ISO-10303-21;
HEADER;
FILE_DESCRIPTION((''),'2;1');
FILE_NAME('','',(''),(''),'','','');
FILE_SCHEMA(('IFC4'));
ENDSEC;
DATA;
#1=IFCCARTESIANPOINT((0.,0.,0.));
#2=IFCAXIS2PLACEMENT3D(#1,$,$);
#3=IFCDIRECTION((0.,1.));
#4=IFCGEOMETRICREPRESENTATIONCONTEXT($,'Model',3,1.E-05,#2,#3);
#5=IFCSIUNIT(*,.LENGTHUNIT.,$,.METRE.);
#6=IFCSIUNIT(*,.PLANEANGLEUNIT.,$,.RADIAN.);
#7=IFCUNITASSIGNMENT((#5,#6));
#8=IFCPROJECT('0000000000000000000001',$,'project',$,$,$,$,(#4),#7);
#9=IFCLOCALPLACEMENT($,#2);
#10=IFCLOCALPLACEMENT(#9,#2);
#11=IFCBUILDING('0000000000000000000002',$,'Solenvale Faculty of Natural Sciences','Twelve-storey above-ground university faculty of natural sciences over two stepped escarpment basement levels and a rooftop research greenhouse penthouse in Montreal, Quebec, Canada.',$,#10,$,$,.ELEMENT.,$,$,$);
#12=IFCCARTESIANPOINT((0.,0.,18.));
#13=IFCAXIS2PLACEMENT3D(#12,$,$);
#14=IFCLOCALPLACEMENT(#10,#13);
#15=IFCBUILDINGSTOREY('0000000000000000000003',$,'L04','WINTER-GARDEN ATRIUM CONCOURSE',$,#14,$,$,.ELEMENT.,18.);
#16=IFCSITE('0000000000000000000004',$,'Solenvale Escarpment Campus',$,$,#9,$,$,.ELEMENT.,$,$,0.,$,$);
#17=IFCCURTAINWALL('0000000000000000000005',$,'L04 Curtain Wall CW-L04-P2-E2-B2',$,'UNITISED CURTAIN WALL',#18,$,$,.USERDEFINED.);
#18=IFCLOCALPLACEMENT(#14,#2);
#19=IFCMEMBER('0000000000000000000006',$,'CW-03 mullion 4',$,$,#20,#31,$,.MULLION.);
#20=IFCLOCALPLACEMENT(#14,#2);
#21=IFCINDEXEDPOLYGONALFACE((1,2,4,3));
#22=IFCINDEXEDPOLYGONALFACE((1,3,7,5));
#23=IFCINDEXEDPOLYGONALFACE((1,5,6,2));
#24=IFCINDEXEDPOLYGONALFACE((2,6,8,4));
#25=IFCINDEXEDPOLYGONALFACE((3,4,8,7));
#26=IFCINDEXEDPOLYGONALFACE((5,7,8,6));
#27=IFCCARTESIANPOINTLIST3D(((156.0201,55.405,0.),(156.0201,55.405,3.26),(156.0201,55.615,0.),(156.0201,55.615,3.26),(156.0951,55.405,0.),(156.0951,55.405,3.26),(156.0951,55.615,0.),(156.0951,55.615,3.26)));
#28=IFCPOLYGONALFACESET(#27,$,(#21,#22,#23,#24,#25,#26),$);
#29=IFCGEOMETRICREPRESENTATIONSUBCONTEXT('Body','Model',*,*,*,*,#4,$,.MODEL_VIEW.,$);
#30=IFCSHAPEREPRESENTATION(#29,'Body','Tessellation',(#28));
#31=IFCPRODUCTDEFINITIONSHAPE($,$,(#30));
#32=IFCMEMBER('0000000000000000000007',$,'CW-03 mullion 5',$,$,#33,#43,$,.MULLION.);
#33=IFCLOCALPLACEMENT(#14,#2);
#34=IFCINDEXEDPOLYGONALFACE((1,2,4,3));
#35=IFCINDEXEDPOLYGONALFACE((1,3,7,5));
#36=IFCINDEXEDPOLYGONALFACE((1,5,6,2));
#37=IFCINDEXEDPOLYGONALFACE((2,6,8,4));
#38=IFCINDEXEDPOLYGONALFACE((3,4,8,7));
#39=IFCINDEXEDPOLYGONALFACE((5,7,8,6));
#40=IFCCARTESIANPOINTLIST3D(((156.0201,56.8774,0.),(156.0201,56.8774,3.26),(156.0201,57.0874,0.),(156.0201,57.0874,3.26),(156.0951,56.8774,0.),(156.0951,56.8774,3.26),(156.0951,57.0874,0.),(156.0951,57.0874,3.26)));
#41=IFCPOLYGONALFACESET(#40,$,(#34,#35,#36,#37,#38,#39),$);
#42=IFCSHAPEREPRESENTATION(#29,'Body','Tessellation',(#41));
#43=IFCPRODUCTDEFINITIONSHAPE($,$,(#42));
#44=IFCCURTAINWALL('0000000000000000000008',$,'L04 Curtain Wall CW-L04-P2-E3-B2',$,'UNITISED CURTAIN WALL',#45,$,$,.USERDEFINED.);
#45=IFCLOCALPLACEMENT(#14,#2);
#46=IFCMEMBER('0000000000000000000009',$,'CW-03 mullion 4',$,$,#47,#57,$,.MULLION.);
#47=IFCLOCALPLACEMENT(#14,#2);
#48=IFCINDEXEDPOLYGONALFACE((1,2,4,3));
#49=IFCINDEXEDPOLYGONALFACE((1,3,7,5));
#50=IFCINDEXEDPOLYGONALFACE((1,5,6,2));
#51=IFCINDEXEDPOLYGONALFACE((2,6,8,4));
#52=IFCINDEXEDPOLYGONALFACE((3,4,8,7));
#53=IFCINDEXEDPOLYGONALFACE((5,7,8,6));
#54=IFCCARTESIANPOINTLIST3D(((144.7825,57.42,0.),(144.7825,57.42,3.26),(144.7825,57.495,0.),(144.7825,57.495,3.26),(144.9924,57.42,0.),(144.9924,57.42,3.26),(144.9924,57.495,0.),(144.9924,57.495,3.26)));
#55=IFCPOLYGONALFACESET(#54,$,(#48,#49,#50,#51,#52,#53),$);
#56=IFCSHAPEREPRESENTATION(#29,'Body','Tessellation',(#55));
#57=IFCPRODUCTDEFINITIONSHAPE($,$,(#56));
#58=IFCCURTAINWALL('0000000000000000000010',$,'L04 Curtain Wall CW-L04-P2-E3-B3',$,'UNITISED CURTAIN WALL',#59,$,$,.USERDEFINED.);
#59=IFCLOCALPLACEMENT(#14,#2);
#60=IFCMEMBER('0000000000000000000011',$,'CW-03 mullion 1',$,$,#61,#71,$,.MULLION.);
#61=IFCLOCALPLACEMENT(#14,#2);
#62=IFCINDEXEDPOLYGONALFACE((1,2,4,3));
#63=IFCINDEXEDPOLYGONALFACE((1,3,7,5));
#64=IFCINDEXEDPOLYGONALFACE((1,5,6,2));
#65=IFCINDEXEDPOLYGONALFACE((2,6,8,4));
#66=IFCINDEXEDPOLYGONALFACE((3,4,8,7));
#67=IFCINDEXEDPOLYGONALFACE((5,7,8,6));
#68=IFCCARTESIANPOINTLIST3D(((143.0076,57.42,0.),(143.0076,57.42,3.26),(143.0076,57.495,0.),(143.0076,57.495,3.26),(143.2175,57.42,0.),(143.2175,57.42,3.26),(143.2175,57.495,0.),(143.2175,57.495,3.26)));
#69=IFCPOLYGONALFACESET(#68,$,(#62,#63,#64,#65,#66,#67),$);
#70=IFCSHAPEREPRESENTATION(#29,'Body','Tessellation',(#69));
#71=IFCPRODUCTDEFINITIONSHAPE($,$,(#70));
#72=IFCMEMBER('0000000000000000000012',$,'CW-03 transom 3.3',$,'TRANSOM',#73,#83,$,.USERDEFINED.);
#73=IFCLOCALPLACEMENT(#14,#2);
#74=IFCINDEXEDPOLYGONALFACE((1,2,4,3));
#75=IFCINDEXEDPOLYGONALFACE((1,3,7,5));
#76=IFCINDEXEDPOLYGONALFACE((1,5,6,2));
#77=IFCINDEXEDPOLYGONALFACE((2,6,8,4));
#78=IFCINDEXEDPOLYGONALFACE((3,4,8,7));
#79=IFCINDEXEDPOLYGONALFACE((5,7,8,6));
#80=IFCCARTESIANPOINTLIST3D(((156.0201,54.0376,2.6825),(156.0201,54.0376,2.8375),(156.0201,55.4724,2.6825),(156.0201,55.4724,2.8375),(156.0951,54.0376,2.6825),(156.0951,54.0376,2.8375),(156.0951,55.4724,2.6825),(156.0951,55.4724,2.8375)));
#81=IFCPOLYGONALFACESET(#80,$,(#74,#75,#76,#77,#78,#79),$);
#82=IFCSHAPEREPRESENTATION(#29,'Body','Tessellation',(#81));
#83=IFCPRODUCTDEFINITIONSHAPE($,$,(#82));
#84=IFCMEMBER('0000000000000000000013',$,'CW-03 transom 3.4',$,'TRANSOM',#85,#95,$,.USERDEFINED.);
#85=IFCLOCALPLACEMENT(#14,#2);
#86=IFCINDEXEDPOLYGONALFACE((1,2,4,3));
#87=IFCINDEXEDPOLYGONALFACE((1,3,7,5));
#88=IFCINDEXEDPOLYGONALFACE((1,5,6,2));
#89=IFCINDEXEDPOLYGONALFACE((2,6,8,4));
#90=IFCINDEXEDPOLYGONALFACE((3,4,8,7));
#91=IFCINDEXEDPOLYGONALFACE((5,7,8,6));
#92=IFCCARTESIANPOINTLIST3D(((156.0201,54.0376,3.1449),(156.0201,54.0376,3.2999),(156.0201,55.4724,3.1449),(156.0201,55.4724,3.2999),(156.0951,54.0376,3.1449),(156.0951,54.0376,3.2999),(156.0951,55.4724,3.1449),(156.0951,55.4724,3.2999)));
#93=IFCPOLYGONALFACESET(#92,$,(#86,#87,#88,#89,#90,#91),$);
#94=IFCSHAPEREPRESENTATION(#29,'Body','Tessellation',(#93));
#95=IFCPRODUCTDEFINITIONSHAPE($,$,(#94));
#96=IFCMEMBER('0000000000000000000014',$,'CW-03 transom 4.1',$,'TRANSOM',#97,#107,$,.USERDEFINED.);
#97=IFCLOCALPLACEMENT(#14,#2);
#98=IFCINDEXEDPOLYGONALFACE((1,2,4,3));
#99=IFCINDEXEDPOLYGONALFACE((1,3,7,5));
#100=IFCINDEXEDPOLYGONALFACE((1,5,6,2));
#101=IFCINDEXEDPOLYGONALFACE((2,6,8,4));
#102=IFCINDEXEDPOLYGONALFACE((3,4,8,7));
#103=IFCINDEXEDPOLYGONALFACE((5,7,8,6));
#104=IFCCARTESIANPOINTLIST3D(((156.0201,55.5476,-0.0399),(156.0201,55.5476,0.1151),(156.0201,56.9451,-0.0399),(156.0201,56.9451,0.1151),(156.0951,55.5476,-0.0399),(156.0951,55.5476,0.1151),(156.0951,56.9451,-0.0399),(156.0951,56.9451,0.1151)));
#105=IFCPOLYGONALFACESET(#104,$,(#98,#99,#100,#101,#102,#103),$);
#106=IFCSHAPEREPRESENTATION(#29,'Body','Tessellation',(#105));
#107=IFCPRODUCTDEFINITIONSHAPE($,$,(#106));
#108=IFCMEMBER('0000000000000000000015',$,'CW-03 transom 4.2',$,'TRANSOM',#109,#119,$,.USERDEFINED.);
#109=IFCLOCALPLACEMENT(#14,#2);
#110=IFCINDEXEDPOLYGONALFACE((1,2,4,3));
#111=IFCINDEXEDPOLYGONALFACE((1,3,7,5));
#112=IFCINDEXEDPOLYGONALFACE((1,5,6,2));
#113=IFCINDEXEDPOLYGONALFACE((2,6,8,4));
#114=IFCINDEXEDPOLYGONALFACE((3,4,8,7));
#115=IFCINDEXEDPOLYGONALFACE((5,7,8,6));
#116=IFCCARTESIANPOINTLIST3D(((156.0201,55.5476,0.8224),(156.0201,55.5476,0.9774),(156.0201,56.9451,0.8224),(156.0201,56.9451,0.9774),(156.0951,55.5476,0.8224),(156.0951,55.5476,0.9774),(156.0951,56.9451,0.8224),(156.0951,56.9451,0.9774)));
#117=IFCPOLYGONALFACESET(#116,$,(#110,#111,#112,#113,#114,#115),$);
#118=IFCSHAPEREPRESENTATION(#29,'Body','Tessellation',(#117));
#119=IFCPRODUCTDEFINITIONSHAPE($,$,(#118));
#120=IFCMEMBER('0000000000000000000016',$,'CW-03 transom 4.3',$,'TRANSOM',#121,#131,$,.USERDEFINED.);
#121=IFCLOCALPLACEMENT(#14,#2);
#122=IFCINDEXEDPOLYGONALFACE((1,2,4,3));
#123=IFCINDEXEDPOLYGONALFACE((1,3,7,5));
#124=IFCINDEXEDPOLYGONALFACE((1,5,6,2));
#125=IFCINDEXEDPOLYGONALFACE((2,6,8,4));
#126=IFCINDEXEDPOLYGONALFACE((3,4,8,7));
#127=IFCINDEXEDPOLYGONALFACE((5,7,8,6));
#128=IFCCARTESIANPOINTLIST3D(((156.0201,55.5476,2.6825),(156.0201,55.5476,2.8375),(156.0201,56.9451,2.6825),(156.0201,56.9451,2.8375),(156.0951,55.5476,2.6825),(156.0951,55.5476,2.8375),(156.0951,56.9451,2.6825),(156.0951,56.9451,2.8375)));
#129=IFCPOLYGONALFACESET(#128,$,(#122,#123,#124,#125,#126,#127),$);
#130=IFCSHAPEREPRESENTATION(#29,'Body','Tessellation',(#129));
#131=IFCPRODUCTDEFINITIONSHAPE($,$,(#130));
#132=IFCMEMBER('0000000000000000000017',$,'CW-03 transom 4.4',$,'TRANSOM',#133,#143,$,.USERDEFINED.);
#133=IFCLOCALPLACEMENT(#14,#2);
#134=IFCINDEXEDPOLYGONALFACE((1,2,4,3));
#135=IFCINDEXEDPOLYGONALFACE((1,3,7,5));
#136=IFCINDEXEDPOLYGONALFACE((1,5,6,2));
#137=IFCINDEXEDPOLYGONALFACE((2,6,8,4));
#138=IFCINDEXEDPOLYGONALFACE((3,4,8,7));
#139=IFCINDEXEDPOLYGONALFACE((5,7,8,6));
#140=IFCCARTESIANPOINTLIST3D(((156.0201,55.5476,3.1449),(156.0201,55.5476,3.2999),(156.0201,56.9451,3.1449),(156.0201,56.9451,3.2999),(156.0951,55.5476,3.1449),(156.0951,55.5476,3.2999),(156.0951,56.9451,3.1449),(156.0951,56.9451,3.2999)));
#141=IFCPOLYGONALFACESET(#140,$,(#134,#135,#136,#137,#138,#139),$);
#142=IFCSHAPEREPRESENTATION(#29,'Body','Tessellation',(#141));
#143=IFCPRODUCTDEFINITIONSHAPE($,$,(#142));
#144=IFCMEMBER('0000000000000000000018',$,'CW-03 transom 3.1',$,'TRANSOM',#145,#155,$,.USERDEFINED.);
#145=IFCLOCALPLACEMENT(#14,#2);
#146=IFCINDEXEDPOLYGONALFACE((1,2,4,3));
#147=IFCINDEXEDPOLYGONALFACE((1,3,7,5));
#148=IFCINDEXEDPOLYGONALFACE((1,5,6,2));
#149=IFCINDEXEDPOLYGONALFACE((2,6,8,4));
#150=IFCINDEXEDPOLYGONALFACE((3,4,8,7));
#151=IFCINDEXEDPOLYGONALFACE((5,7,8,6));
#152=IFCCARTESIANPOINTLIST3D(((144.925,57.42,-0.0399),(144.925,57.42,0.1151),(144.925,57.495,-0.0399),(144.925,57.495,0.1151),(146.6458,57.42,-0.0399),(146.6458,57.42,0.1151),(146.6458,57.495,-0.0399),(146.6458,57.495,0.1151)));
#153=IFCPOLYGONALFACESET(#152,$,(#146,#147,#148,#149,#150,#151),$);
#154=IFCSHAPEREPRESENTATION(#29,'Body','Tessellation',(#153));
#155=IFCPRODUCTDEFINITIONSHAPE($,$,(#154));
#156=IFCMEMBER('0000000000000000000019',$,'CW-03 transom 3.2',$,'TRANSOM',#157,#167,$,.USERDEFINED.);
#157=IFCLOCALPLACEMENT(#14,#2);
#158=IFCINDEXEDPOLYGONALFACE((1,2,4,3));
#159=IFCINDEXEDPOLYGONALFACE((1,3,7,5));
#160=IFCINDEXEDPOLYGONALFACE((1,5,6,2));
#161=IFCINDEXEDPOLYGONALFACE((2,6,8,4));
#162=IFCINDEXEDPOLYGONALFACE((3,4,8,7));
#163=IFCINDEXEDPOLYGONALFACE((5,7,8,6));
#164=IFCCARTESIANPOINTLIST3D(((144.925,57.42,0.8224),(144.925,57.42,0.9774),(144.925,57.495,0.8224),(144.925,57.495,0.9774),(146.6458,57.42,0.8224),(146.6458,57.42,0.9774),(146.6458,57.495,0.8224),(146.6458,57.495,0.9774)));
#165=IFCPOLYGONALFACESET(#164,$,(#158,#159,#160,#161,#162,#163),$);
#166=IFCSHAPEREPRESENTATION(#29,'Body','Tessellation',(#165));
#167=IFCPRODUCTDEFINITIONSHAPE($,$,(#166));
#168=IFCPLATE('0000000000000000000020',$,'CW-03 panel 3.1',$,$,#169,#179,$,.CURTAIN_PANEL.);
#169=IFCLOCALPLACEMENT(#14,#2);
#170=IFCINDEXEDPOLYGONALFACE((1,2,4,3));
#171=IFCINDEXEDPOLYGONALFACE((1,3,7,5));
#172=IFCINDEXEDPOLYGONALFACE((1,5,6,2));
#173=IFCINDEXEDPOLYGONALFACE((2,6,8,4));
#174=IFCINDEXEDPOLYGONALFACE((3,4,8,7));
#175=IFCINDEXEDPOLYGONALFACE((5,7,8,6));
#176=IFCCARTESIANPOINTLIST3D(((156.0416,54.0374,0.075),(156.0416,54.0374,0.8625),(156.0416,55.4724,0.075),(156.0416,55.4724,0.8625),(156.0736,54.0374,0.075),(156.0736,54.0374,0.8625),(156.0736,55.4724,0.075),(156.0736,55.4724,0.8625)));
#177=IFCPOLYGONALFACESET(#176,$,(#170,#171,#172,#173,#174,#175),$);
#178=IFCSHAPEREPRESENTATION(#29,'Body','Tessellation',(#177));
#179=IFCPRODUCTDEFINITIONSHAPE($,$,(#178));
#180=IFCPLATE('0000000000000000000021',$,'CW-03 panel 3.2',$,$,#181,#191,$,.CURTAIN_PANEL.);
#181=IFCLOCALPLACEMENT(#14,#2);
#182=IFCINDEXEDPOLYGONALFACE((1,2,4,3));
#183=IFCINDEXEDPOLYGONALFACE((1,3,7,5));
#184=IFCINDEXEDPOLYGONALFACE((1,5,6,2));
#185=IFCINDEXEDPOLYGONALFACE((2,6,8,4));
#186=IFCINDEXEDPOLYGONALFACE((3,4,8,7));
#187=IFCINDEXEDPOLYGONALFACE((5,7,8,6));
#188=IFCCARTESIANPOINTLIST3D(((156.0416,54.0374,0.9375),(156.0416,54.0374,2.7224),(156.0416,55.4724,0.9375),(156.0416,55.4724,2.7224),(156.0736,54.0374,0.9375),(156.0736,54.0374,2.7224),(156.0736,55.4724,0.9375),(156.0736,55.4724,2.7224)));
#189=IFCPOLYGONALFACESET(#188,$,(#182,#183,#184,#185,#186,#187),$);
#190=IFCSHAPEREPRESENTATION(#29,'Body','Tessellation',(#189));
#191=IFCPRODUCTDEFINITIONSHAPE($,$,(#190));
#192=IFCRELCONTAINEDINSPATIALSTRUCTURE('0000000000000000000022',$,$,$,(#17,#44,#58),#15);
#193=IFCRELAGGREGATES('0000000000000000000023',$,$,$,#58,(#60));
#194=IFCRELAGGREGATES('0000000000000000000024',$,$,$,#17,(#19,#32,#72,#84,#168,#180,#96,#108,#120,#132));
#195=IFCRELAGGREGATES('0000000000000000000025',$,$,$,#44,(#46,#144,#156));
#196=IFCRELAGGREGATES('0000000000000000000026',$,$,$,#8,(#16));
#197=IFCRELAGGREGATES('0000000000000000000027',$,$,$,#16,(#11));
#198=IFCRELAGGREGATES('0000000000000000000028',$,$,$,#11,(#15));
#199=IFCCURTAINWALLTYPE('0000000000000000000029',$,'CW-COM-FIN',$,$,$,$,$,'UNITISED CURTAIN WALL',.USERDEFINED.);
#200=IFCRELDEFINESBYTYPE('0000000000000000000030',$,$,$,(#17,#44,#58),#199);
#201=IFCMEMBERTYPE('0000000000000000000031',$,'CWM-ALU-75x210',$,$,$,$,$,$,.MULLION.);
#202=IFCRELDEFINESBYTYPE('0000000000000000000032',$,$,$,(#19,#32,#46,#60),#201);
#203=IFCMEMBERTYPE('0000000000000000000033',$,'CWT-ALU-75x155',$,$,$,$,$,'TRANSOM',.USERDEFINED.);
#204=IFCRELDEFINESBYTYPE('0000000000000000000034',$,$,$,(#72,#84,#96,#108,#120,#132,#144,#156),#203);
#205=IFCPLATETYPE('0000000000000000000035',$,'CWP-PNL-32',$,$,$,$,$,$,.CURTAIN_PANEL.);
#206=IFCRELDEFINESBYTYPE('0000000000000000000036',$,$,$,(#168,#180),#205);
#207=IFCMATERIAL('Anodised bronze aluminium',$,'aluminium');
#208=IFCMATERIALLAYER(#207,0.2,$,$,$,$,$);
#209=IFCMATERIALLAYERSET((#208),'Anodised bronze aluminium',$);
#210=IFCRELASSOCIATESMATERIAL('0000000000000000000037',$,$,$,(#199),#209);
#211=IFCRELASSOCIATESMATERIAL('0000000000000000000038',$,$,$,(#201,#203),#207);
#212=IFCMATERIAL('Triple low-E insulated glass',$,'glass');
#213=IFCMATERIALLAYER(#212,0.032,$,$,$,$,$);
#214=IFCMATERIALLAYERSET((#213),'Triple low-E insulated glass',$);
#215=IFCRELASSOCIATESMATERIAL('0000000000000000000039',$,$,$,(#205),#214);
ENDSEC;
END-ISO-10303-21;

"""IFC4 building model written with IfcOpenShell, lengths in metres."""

from ifc_helpers import new_model, si_unit, direction, frame, origin, origin_2d, place, context, subcontext, project, spatial, rectangle, extrude, material, layer, layer_set, material_profile, profile_set, type_object, element, aggregate, save


model = new_model("IFC4")

# Units and contexts
model_context = context("Model", 3, precision=1e-05, world=origin(), true_north=direction((0.0, 1.0)))
body_context = subcontext(model_context, "Body", "Model", "MODEL_VIEW")
ifc_project = project(units=[si_unit("LENGTHUNIT", "METRE"), si_unit("PLANEANGLEUNIT", "RADIAN")], contexts=[model_context])

# Site, building, storey
site_placement = place(None, origin())
site = spatial("IfcSite", under=ifc_project, at=site_placement, Name="Solenvale Escarpment Campus", CompositionType="ELEMENT", RefElevation=0.0)
building_placement = place(site_placement, origin())
building = spatial("IfcBuilding", under=site, at=building_placement, Name="Solenvale Faculty of Natural Sciences", Description="Twelve-storey above-ground university faculty of natural sciences over two stepped escarpment basement levels and a rooftop research greenhouse penthouse in Montreal, Quebec, Canada.", CompositionType="ELEMENT")
storey_placement = place(building_placement, frame((0.0, 0.0, 18.0)))
storey = spatial("IfcBuildingStorey", under=building, at=storey_placement, Name="L04", Description="WINTER-GARDEN ATRIUM CONCOURSE", CompositionType="ELEMENT", Elevation=18.0)

# Curtain wall, members
ifc_material_1 = material(Name="Anodised bronze aluminium", Category="aluminium")
ifc_layer_1 = layer(ifc_material_1, 0.2)
ifc_layer_set_1 = layer_set([ifc_layer_1], Name="Anodised bronze aluminium")
curtain_wall_type = type_object("IfcCurtainWallType", Name="CW-COM-FIN", ElementType="UNITISED CURTAIN WALL", PredefinedType="USERDEFINED", material=ifc_layer_set_1)
curtain_wall_1_placement = place(storey_placement, origin())
curtain_wall_1 = element("IfcCurtainWall", 1, at=curtain_wall_1_placement, inside=storey, type_object=curtain_wall_type, Name="L04 Curtain Wall CW-L04-P2-E2-B2", ObjectType="UNITISED CURTAIN WALL", PredefinedType="USERDEFINED")
ifc_material_profile_1 = material_profile(ifc_material_1, rectangle(XDim=0.075, YDim=0.21, at=origin_2d()), Name="ALU-MUL-75x210")
ifc_profile_set_1 = profile_set([ifc_material_profile_1], Name="Anodised bronze aluminium")
member_type_1 = type_object("IfcMemberType", Name="CWM-ALU-75x210", PredefinedType="MULLION", material=ifc_profile_set_1)
member_1_placement = place(storey_placement, frame((156.0576, 55.51, 0.0), z_axis=(0.0, 0.0, 1.0), x_axis=(-1.0, 0.0, 0.0)))
member_1 = element("IfcMember", 2, at=member_1_placement, type_object=member_type_1, Name="CW-03 mullion 4", PredefinedType="MULLION", context=body_context, shape_type="SweptSolid", body=[
    extrude(rectangle(XDim=0.075, YDim=0.21, at=origin_2d()), origin(), (0.0, 0.0, 1.0), 3.26),
])
member_2_placement = place(storey_placement, frame((156.0576, 56.9824, 0.0), z_axis=(0.0, 0.0, 1.0), x_axis=(-1.0, 0.0, 0.0)))
member_2 = element("IfcMember", 3, at=member_2_placement, type_object=member_type_1, Name="CW-03 mullion 5", PredefinedType="MULLION", context=body_context, shape_type="SweptSolid", body=[
    extrude(rectangle(XDim=0.075, YDim=0.21, at=origin_2d()), origin(), (0.0, 0.0, 1.0), 3.26),
])

# Curtain walls, members
curtain_wall_2_placement = place(storey_placement, origin())
curtain_wall_2 = element("IfcCurtainWall", 4, at=curtain_wall_2_placement, inside=storey, type_object=curtain_wall_type, Name="L04 Curtain Wall CW-L04-P2-E3-B2", ObjectType="UNITISED CURTAIN WALL", PredefinedType="USERDEFINED")
member_3_placement = place(storey_placement, frame((144.8875, 57.4575, 0.0), z_axis=(0.0, 0.0, 1.0), x_axis=(0.0, -1.0, 0.0)))
member_3 = element("IfcMember", 5, at=member_3_placement, type_object=member_type_1, Name="CW-03 mullion 4", PredefinedType="MULLION", context=body_context, shape_type="SweptSolid", body=[
    extrude(rectangle(XDim=0.075, YDim=0.21, at=origin_2d()), origin(), (0.0, 0.0, 1.0), 3.26),
])
curtain_wall_3_placement = place(storey_placement, origin())
curtain_wall_3 = element("IfcCurtainWall", 6, at=curtain_wall_3_placement, inside=storey, type_object=curtain_wall_type, Name="L04 Curtain Wall CW-L04-P2-E3-B3", ObjectType="UNITISED CURTAIN WALL", PredefinedType="USERDEFINED")
member_4_placement = place(storey_placement, frame((143.1125, 57.4575, 0.0), z_axis=(0.0, 0.0, 1.0), x_axis=(0.0, -1.0, 0.0)))
member_4 = element("IfcMember", 7, at=member_4_placement, type_object=member_type_1, Name="CW-03 mullion 1", PredefinedType="MULLION", context=body_context, shape_type="SweptSolid", body=[
    extrude(rectangle(XDim=0.075, YDim=0.21, at=origin_2d()), origin(), (0.0, 0.0, 1.0), 3.26),
])
aggregate(curtain_wall_3, [member_4])

# Members
ifc_material_profile_2 = material_profile(ifc_material_1, rectangle(XDim=0.075, YDim=0.155, at=origin_2d()), Name="ALU-TRN-75x155")
ifc_profile_set_2 = profile_set([ifc_material_profile_2], Name="Anodised bronze aluminium")
member_type_2 = type_object("IfcMemberType", Name="CWT-ALU-75x155", ElementType="TRANSOM", PredefinedType="USERDEFINED", material=ifc_profile_set_2)
member_5_placement = place(storey_placement, frame((156.0576, 54.0376, 2.76), z_axis=(0.0, 1.0, 0.0), x_axis=(-1.0, 0.0, 0.0)))
member_5 = element("IfcMember", 8, at=member_5_placement, type_object=member_type_2, Name="CW-03 transom 3.3", ObjectType="TRANSOM", PredefinedType="USERDEFINED", context=body_context, shape_type="SweptSolid", body=[
    extrude(rectangle(XDim=0.075, YDim=0.155, at=origin_2d()), origin(), (0.0, 0.0, 1.0), 1.4348),
])
member_6_placement = place(storey_placement, frame((156.0576, 54.0376, 3.2224), z_axis=(0.0, 1.0, 0.0), x_axis=(-1.0, 0.0, 0.0)))
member_6 = element("IfcMember", 9, at=member_6_placement, type_object=member_type_2, Name="CW-03 transom 3.4", ObjectType="TRANSOM", PredefinedType="USERDEFINED", context=body_context, shape_type="SweptSolid", body=[
    extrude(rectangle(XDim=0.075, YDim=0.155, at=origin_2d()), origin(), (0.0, 0.0, 1.0), 1.4348),
])
member_7_placement = place(storey_placement, frame((156.0576, 55.5476, 0.0376), z_axis=(0.0, 1.0, 0.0), x_axis=(-1.0, 0.0, 0.0)))
member_7 = element("IfcMember", 10, at=member_7_placement, type_object=member_type_2, Name="CW-03 transom 4.1", ObjectType="TRANSOM", PredefinedType="USERDEFINED", context=body_context, shape_type="SweptSolid", body=[
    extrude(rectangle(XDim=0.075, YDim=0.155, at=origin_2d()), origin(), (0.0, 0.0, 1.0), 1.3975),
])
member_8_placement = place(storey_placement, frame((156.0576, 55.5476, 0.8999), z_axis=(0.0, 1.0, 0.0), x_axis=(-1.0, 0.0, 0.0)))
member_8 = element("IfcMember", 11, at=member_8_placement, type_object=member_type_2, Name="CW-03 transom 4.2", ObjectType="TRANSOM", PredefinedType="USERDEFINED", context=body_context, shape_type="SweptSolid", body=[
    extrude(rectangle(XDim=0.075, YDim=0.155, at=origin_2d()), origin(), (0.0, 0.0, 1.0), 1.3975),
])
member_9_placement = place(storey_placement, frame((156.0576, 55.5476, 2.76), z_axis=(0.0, 1.0, 0.0), x_axis=(-1.0, 0.0, 0.0)))
member_9 = element("IfcMember", 12, at=member_9_placement, type_object=member_type_2, Name="CW-03 transom 4.3", ObjectType="TRANSOM", PredefinedType="USERDEFINED", context=body_context, shape_type="SweptSolid", body=[
    extrude(rectangle(XDim=0.075, YDim=0.155, at=origin_2d()), origin(), (0.0, 0.0, 1.0), 1.3975),
])
member_10_placement = place(storey_placement, frame((156.0576, 55.5476, 3.2224), z_axis=(0.0, 1.0, 0.0), x_axis=(-1.0, 0.0, 0.0)))
member_10 = element("IfcMember", 13, at=member_10_placement, type_object=member_type_2, Name="CW-03 transom 4.4", ObjectType="TRANSOM", PredefinedType="USERDEFINED", context=body_context, shape_type="SweptSolid", body=[
    extrude(rectangle(XDim=0.075, YDim=0.155, at=origin_2d()), origin(), (0.0, 0.0, 1.0), 1.3975),
])
member_11_placement = place(storey_placement, frame((146.6458, 57.4575, 0.0376), z_axis=(-1.0, 0.0, 0.0), x_axis=(0.0, -1.0, 0.0)))
member_11 = element("IfcMember", 14, at=member_11_placement, type_object=member_type_2, Name="CW-03 transom 3.1", ObjectType="TRANSOM", PredefinedType="USERDEFINED", context=body_context, shape_type="SweptSolid", body=[
    extrude(rectangle(XDim=0.075, YDim=0.155, at=origin_2d()), origin(), (0.0, 0.0, 1.0), 1.7207),
])
member_12_placement = place(storey_placement, frame((146.6458, 57.4575, 0.8999), z_axis=(-1.0, 0.0, 0.0), x_axis=(0.0, -1.0, 0.0)))
member_12 = element("IfcMember", 15, at=member_12_placement, type_object=member_type_2, Name="CW-03 transom 3.2", ObjectType="TRANSOM", PredefinedType="USERDEFINED", context=body_context, shape_type="SweptSolid", body=[
    extrude(rectangle(XDim=0.075, YDim=0.155, at=origin_2d()), origin(), (0.0, 0.0, 1.0), 1.7207),
])

# Plates
ifc_material_2 = material(Name="Triple low-E insulated glass", Category="glass")
ifc_layer_2 = layer(ifc_material_2, 0.032)
ifc_layer_set_2 = layer_set([ifc_layer_2], Name="Triple low-E insulated glass")
plate_type_1 = type_object("IfcPlateType", Name="CWP-PNL-32", PredefinedType="CURTAIN_PANEL", material=ifc_layer_set_2)
plate_1_placement = place(storey_placement, frame((156.0576, 54.7549, 0.075), z_axis=(0.0, 0.0, 1.0), x_axis=(0.0, 1.0, 0.0)))
plate_1 = element("IfcPlate", 16, at=plate_1_placement, type_object=plate_type_1, Name="CW-03 panel 3.1", PredefinedType="CURTAIN_PANEL", context=body_context, shape_type="SweptSolid", body=[
    extrude(rectangle(XDim=1.4351, YDim=0.032, at=origin_2d()), origin(), (0.0, 0.0, 1.0), 0.7876),
])
plate_2_placement = place(storey_placement, frame((156.0576, 54.7549, 0.9375), z_axis=(0.0, 0.0, 1.0), x_axis=(0.0, 1.0, 0.0)))
plate_2 = element("IfcPlate", 17, at=plate_2_placement, type_object=plate_type_1, Name="CW-03 panel 3.2", PredefinedType="CURTAIN_PANEL", context=body_context, shape_type="SweptSolid", body=[
    extrude(rectangle(XDim=1.4351, YDim=0.032, at=origin_2d()), origin(), (0.0, 0.0, 1.0), 1.7849),
])
aggregate(curtain_wall_1, [member_1, member_2, member_5, member_6, plate_1, plate_2, member_7, member_8, member_9, member_10])
aggregate(curtain_wall_2, [member_3, member_11, member_12])

save(model, "model.ifc")
